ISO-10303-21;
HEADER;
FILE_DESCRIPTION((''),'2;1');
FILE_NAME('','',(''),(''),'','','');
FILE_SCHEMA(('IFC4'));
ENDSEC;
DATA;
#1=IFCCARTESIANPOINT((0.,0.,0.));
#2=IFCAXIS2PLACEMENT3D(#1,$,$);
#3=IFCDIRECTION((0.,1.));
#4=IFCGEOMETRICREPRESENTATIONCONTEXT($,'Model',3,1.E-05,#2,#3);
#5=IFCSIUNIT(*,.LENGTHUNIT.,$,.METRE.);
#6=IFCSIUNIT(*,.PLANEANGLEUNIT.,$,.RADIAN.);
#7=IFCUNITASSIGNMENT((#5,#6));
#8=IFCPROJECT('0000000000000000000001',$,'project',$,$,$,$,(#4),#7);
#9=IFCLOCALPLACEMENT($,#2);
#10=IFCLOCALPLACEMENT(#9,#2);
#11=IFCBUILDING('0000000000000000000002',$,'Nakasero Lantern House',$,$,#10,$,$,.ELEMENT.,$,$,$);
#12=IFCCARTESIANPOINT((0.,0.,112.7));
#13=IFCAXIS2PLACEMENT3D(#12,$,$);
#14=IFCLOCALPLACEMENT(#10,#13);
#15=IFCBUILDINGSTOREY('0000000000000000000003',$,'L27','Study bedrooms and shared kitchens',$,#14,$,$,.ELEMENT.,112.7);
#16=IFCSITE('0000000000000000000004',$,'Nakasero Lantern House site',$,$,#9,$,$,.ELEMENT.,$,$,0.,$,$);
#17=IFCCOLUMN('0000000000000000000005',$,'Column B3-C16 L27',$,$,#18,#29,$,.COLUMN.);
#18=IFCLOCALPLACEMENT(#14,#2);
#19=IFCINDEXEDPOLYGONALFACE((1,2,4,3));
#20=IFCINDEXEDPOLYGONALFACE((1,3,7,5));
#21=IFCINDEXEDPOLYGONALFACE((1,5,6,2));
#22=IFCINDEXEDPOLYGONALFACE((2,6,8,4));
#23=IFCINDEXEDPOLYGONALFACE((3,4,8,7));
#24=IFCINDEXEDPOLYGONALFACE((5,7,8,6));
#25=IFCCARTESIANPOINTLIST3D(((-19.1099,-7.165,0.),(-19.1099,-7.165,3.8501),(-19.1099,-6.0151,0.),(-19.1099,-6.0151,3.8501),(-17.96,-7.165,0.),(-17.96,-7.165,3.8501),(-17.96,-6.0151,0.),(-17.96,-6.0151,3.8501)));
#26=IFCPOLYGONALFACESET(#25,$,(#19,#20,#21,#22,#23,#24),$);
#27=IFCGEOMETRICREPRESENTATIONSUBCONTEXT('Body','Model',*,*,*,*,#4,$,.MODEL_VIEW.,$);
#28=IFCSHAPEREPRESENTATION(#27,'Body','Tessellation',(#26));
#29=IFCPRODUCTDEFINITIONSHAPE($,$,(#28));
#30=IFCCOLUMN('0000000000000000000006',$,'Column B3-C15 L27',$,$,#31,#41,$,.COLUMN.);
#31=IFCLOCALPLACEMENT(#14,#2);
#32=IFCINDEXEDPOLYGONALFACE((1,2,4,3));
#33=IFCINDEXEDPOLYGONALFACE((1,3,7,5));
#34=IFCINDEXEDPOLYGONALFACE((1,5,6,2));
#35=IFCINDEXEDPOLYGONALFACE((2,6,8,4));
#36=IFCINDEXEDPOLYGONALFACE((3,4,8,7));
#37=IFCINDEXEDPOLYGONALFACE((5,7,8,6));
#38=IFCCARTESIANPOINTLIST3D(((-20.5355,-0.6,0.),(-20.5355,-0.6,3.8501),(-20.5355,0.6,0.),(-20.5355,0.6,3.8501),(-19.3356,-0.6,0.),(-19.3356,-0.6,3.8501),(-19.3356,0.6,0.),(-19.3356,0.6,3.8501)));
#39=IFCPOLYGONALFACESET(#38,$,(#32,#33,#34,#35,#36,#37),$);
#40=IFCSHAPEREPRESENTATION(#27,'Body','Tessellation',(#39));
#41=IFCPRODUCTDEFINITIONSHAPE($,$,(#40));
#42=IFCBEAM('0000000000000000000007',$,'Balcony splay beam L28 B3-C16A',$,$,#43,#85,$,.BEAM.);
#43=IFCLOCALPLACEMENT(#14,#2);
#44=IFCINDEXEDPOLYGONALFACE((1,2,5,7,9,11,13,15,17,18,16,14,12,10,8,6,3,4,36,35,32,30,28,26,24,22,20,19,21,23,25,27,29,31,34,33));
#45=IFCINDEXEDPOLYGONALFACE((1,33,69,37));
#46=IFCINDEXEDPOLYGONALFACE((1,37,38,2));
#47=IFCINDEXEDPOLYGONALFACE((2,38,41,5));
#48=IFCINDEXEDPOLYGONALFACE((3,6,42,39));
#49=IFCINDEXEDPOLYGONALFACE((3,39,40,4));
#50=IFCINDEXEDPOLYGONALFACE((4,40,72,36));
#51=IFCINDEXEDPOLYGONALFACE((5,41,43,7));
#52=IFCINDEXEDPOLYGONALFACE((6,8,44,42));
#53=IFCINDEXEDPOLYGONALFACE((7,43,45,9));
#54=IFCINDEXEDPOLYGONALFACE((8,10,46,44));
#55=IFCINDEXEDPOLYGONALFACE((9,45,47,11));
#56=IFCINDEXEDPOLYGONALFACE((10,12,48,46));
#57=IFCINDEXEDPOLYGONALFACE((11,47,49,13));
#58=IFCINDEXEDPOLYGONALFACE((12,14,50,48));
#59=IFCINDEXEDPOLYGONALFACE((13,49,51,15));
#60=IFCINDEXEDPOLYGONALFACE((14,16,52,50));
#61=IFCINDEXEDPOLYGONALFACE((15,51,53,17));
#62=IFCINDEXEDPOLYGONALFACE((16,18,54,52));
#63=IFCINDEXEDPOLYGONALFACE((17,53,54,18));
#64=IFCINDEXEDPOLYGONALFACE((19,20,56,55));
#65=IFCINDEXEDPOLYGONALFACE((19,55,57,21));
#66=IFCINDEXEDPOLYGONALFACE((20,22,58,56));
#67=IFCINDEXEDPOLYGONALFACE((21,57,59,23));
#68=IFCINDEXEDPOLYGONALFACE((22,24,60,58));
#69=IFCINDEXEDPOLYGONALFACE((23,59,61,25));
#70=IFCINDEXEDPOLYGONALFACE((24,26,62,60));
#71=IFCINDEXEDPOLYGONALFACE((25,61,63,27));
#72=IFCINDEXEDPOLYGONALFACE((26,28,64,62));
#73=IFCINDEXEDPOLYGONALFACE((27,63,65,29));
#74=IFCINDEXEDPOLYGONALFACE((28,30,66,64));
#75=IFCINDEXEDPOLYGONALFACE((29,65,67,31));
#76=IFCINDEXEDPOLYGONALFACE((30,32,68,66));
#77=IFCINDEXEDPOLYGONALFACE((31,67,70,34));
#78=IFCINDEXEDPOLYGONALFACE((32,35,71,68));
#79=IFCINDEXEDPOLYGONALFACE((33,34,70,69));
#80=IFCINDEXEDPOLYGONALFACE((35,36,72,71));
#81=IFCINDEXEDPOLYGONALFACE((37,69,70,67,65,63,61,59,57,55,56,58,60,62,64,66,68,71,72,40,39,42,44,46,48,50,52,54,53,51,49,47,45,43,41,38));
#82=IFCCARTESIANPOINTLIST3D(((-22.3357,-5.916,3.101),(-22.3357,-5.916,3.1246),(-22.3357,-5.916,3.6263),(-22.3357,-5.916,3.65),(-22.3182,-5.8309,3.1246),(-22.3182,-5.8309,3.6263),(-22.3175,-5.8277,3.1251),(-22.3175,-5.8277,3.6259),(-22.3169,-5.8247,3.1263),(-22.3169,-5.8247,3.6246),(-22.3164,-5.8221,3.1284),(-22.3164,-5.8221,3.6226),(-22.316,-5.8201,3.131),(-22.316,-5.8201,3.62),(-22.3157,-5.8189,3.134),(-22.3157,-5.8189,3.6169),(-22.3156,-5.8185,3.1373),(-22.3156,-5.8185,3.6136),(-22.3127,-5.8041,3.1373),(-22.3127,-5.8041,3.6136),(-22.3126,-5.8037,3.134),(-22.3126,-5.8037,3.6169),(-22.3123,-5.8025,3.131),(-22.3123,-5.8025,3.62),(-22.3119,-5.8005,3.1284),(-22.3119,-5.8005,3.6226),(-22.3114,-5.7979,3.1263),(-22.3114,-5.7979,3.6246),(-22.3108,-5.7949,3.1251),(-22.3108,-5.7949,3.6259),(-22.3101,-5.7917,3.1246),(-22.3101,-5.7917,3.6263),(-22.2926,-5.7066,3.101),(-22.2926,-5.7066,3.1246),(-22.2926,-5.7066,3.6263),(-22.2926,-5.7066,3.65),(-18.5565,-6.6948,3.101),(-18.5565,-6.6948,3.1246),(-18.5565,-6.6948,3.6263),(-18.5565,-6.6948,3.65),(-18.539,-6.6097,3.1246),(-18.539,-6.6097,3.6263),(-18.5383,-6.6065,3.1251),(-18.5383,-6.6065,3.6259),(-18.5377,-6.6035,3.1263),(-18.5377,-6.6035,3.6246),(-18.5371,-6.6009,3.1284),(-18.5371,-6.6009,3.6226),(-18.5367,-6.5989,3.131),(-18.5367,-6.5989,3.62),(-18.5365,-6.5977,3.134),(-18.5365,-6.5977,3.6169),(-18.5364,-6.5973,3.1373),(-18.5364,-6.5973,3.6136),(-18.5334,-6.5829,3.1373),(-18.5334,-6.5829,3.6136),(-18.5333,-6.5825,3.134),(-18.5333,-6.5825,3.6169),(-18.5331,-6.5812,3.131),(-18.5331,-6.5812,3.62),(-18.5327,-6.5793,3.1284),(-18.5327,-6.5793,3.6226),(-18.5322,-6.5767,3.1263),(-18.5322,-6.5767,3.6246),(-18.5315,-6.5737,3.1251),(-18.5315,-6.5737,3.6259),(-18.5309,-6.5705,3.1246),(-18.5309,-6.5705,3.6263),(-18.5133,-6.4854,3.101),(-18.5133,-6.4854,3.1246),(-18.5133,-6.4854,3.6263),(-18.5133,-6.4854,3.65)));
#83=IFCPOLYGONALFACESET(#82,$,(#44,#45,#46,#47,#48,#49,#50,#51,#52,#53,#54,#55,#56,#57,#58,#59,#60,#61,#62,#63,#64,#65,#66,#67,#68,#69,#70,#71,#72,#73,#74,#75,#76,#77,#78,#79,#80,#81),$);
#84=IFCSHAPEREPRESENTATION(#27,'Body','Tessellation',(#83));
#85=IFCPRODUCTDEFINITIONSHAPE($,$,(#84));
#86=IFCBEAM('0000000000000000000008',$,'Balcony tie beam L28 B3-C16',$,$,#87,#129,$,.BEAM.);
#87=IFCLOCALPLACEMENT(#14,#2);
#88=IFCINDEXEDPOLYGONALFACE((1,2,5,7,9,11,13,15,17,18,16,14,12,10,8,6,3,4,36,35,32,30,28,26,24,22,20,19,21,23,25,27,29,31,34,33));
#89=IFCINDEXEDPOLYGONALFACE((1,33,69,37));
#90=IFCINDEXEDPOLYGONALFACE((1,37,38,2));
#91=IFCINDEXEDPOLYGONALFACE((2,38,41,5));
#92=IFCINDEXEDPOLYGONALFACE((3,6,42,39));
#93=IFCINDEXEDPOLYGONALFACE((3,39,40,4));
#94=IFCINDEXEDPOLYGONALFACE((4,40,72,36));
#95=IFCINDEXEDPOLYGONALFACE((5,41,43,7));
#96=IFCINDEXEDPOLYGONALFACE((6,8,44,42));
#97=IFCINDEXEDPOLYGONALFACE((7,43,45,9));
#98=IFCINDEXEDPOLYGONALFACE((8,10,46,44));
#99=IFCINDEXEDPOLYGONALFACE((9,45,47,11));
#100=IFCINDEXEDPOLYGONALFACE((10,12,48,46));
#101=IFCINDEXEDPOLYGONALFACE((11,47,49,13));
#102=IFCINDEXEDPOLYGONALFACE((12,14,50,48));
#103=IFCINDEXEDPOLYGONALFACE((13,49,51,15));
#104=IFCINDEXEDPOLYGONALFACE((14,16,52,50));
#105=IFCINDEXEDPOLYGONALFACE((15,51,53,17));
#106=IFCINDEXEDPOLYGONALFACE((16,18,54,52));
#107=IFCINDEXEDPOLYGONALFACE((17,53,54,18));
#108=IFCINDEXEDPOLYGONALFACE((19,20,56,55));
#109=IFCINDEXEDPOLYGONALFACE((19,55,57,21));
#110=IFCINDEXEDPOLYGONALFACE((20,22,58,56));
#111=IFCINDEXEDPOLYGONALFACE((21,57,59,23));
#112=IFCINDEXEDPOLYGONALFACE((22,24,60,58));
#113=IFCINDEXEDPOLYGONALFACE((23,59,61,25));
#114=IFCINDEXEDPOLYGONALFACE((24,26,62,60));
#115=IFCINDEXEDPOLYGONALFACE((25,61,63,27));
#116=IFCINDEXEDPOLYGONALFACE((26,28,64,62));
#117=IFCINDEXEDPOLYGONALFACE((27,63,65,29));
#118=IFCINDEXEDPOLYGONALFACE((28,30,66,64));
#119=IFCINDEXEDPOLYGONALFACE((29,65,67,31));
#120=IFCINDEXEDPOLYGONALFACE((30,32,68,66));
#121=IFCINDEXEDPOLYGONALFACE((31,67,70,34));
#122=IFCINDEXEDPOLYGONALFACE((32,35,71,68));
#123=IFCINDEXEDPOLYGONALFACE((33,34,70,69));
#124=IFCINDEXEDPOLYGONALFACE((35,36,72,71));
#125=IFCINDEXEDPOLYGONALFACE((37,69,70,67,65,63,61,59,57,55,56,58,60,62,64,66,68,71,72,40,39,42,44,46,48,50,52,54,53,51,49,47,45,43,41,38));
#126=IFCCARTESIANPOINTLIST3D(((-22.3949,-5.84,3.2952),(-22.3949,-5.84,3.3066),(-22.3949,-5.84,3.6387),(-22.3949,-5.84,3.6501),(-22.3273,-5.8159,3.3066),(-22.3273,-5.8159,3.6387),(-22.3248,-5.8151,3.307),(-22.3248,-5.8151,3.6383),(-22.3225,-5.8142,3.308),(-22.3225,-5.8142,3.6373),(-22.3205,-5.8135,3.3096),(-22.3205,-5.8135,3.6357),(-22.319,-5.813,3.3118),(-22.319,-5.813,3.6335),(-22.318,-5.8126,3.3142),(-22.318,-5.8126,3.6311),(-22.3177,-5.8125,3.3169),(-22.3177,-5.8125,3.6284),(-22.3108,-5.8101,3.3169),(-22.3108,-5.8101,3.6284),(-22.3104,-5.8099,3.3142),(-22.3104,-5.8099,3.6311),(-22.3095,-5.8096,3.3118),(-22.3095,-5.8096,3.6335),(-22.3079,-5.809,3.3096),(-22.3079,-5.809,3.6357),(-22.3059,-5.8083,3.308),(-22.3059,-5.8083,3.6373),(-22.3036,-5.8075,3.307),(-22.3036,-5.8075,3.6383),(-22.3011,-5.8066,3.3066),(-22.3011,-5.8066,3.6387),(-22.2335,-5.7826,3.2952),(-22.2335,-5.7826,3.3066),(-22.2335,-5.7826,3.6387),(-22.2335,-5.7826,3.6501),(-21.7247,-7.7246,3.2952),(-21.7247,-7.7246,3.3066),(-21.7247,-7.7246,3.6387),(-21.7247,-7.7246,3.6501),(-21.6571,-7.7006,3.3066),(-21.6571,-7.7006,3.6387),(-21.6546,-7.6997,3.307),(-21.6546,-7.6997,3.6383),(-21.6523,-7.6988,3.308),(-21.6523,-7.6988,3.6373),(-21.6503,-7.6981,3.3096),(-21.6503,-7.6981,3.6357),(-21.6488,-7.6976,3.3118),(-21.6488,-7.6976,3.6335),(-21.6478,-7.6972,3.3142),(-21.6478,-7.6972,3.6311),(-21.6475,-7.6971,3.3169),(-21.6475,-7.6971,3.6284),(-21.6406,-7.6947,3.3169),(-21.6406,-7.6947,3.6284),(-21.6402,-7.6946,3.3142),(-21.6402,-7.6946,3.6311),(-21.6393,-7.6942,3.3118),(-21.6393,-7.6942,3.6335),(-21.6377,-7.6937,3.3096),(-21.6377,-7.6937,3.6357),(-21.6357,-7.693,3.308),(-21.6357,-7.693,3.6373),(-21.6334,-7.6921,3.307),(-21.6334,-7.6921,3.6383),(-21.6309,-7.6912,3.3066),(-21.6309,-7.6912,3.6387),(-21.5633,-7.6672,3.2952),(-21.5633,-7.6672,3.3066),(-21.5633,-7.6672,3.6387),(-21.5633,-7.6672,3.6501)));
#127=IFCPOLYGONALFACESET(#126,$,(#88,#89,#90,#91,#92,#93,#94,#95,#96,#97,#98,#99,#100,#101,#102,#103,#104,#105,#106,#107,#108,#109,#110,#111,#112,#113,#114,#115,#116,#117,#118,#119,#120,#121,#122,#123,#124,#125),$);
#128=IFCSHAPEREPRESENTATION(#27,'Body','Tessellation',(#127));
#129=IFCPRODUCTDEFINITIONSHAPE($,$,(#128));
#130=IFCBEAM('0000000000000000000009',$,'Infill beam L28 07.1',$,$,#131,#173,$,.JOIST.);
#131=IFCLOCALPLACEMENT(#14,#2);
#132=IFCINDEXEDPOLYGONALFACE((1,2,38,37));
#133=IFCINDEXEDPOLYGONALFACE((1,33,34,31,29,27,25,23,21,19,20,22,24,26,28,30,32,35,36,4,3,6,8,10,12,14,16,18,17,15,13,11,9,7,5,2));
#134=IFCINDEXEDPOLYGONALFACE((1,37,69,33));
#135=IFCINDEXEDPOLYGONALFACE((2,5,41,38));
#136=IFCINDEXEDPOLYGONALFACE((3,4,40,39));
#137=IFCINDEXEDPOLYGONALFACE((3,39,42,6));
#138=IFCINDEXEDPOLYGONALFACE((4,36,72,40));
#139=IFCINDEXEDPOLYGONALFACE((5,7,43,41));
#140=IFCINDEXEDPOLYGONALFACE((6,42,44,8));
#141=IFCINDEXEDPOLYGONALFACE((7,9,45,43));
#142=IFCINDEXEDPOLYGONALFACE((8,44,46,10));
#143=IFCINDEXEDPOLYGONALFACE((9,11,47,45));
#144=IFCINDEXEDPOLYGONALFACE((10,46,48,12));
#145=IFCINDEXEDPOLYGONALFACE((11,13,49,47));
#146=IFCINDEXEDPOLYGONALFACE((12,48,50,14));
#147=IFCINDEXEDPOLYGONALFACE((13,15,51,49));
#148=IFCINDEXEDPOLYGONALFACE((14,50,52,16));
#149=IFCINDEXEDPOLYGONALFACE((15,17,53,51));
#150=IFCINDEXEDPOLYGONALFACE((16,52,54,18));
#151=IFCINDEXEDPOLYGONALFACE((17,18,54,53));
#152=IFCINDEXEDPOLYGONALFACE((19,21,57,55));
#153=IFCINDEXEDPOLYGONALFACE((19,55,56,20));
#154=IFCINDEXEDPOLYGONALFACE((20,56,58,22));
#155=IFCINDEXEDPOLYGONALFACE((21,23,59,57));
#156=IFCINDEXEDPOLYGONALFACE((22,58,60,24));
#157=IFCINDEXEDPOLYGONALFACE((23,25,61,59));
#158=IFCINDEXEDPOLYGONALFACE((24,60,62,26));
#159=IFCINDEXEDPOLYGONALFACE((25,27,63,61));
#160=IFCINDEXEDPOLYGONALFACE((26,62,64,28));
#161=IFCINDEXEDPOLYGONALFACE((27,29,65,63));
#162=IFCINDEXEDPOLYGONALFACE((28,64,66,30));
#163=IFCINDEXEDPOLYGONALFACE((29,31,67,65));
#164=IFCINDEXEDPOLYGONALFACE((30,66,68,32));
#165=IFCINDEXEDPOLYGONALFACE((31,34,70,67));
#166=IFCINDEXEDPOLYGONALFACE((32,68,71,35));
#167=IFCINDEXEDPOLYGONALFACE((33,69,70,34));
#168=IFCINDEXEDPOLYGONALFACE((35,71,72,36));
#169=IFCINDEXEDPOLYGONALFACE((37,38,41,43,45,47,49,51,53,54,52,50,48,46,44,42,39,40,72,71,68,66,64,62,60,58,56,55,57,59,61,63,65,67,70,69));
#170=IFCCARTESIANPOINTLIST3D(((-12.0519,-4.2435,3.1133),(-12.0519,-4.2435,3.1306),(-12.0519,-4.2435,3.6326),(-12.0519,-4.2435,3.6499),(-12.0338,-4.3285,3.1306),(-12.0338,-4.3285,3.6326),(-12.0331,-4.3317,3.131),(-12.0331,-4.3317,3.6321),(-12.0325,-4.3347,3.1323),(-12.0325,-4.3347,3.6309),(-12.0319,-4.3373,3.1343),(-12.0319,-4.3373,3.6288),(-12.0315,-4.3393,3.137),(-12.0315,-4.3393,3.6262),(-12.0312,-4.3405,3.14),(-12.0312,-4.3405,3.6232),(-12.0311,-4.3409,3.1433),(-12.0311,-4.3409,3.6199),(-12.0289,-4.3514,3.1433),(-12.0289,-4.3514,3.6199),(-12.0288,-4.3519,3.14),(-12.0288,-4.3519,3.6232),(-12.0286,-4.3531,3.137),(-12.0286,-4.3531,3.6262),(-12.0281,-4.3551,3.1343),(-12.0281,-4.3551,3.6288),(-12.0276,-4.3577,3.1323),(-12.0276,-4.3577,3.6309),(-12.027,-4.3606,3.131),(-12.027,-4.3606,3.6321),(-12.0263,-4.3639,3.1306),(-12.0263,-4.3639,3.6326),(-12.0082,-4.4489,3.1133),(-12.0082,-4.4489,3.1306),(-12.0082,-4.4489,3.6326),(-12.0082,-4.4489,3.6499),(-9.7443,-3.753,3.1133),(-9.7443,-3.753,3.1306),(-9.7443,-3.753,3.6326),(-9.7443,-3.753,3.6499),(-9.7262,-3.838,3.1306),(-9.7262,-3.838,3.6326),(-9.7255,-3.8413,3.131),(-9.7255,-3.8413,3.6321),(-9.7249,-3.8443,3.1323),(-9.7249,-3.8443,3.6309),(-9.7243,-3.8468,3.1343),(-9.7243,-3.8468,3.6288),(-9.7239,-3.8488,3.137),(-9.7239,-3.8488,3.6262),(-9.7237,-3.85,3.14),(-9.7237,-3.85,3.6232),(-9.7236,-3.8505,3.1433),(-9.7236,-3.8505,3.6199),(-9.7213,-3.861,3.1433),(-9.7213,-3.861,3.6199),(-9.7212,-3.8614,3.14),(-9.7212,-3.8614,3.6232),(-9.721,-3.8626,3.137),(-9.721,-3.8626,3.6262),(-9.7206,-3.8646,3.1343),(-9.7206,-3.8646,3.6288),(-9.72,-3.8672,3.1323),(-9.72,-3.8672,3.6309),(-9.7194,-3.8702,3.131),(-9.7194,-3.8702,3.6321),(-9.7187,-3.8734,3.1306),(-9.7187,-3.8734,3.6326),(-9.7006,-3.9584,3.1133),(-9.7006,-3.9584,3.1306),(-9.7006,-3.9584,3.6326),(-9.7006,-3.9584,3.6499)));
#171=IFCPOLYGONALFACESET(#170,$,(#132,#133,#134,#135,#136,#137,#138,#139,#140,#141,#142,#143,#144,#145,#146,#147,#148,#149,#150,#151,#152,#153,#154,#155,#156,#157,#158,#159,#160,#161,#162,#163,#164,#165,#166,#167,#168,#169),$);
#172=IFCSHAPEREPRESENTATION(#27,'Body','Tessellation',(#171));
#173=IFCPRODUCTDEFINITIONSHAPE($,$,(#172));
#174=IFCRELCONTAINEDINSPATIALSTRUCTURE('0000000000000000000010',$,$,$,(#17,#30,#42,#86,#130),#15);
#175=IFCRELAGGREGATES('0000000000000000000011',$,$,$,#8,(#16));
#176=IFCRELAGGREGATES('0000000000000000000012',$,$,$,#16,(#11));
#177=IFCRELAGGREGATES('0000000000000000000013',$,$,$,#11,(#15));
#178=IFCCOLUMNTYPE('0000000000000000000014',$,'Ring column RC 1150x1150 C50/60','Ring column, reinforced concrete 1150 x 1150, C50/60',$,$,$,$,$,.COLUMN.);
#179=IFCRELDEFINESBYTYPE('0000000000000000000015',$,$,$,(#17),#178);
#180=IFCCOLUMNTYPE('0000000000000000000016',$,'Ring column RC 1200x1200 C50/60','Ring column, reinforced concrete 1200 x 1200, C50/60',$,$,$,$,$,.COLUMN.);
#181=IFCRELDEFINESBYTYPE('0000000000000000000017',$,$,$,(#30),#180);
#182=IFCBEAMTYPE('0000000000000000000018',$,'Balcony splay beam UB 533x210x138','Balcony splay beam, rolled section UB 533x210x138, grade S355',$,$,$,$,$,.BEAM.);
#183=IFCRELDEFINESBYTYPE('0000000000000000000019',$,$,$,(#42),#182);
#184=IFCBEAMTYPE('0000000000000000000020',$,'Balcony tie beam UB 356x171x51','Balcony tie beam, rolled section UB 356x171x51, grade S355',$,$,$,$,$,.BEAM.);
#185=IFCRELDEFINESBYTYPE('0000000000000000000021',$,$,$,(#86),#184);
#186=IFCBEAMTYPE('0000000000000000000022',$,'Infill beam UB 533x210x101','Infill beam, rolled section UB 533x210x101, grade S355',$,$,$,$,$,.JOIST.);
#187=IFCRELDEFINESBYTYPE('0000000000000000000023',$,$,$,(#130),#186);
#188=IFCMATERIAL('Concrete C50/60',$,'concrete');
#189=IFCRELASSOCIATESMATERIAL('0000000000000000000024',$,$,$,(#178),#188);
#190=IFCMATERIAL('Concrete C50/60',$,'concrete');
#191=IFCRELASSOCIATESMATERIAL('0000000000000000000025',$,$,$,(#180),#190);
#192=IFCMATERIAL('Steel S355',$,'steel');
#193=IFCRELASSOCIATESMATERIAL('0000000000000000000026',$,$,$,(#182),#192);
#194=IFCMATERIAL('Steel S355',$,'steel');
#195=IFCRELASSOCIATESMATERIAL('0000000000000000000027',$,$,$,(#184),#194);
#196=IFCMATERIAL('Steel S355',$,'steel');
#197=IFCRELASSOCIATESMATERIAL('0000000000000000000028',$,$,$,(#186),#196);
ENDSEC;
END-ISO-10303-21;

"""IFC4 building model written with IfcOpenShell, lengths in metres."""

from ifc_helpers import new_model, si_unit, direction, frame, origin, origin_2d, place, context, subcontext, project, spatial, rectangle, i_section, extrude, material, material_profile, profile_set, type_object, element, save


model = new_model("IFC4")

# Units and contexts
model_context = context("Model", 3, precision=1e-05, world=origin(), true_north=direction((0.0, 1.0)))
body_context = subcontext(model_context, "Body", "Model", "MODEL_VIEW")
ifc_project = project(units=[si_unit("LENGTHUNIT", "METRE"), si_unit("PLANEANGLEUNIT", "RADIAN")], contexts=[model_context])

# Site, building, storey
site_placement = place(None, origin())
site = spatial("IfcSite", under=ifc_project, at=site_placement, Name="Nakasero Lantern House site", CompositionType="ELEMENT", RefElevation=0.0)
building_placement = place(site_placement, origin())
building = spatial("IfcBuilding", under=site, at=building_placement, Name="Nakasero Lantern House", CompositionType="ELEMENT")
storey_placement = place(building_placement, frame((0.0, 0.0, 112.7)))
storey = spatial("IfcBuildingStorey", under=building, at=storey_placement, Name="L27", Description="Study bedrooms and shared kitchens", CompositionType="ELEMENT", Elevation=112.7)

# Columns
ifc_material_1 = material(Name="Concrete C50/60", Category="concrete")
ifc_material_profile_1 = material_profile(ifc_material_1, rectangle(XDim=1.1499, YDim=1.1499, at=origin_2d()), Name="RC 1150x1150")
ifc_profile_set_1 = profile_set([ifc_material_profile_1], Name="Concrete C50/60")
column_type_1 = type_object("IfcColumnType", Name="Ring column RC 1150x1150 C50/60", Description="Ring column, reinforced concrete 1150 x 1150, C50/60", PredefinedType="COLUMN", material=ifc_profile_set_1)
column_1_placement = place(storey_placement, frame((-18.5349, -6.5901, 0.0), z_axis=(0.0, 0.0, 1.0), x_axis=(1.0, 0.0, 0.0)))
element("IfcColumn", 1, at=column_1_placement, inside=storey, type_object=column_type_1, Name="Column B3-C16 L27", PredefinedType="COLUMN", context=body_context, shape_type="SweptSolid", body=[
    extrude(rectangle(XDim=1.1499, YDim=1.1499, at=origin_2d()), origin(), (0.0, 0.0, 1.0), 3.8501),
])
ifc_material_2 = material(Name="Concrete C50/60", Category="concrete")
ifc_material_profile_2 = material_profile(ifc_material_2, rectangle(XDim=1.2, YDim=1.2, at=origin_2d()), Name="RC 1200x1200")
ifc_profile_set_2 = profile_set([ifc_material_profile_2], Name="Concrete C50/60")
column_type_2 = type_object("IfcColumnType", Name="Ring column RC 1200x1200 C50/60", Description="Ring column, reinforced concrete 1200 x 1200, C50/60", PredefinedType="COLUMN", material=ifc_profile_set_2)
column_2_placement = place(storey_placement, frame((-19.9355, 0.0, 0.0), z_axis=(0.0, 0.0, 1.0), x_axis=(1.0, 0.0, 0.0)))
element("IfcColumn", 2, at=column_2_placement, inside=storey, type_object=column_type_2, Name="Column B3-C15 L27", PredefinedType="COLUMN", context=body_context, shape_type="SweptSolid", body=[
    extrude(rectangle(XDim=1.2, YDim=1.2, at=origin_2d()), origin(), (0.0, 0.0, 1.0), 3.8501),
])

# Beams
ifc_material_3 = material(Name="Steel S355", Category="steel")
ifc_material_profile_3 = material_profile(ifc_material_3, i_section(OverallWidth=0.2139, OverallDepth=0.5491, WebThickness=0.0146, FlangeThickness=0.0237, FilletRadius=0.0127, at=origin_2d()), Name="UB 533x210x138")
ifc_profile_set_3 = profile_set([ifc_material_profile_3], Name="Steel S355")
beam_type_1 = type_object("IfcBeamType", Name="Balcony splay beam UB 533x210x138", Description="Balcony splay beam, rolled section UB 533x210x138, grade S355", PredefinedType="BEAM", material=ifc_profile_set_3)
beam_1_placement = place(storey_placement, frame((-18.5349, -6.5901, 3.3755), z_axis=(-0.97942, 0.201831, 0.0), x_axis=(-0.201831, -0.97942, 0.0)))
element("IfcBeam", 3, at=beam_1_placement, inside=storey, type_object=beam_type_1, Name="Balcony splay beam L28 B3-C16A", PredefinedType="BEAM", context=body_context, shape_type="SweptSolid", body=[
    extrude(i_section(OverallWidth=0.2139, OverallDepth=0.5491, WebThickness=0.0146, FlangeThickness=0.0237, FilletRadius=0.0127, at=origin_2d()), origin(), (0.0, 0.0, 1.0), 3.8586),
])
ifc_material_4 = material(Name="Steel S355", Category="steel")
ifc_material_profile_4 = material_profile(ifc_material_4, i_section(OverallWidth=0.1714, OverallDepth=0.355, WebThickness=0.0073, FlangeThickness=0.0115, FilletRadius=0.0103, at=origin_2d()), Name="UB 356x171x51")
ifc_profile_set_4 = profile_set([ifc_material_profile_4], Name="Steel S355")
beam_type_2 = type_object("IfcBeamType", Name="Balcony tie beam UB 356x171x51", Description="Balcony tie beam, rolled section UB 356x171x51, grade S355", PredefinedType="BEAM", material=ifc_profile_set_4)
beam_2_placement = place(storey_placement, frame((-22.3142, -5.8113, 3.4727), z_axis=(0.33506, -0.942197, 0.0), x_axis=(0.942197, 0.33506, 0.0)))
element("IfcBeam", 4, at=beam_2_placement, inside=storey, type_object=beam_type_2, Name="Balcony tie beam L28 B3-C16", PredefinedType="BEAM", context=body_context, shape_type="SweptSolid", body=[
    extrude(i_section(OverallWidth=0.1714, OverallDepth=0.355, WebThickness=0.0073, FlangeThickness=0.0115, FilletRadius=0.0103, at=origin_2d()), origin(), (0.0, 0.0, 1.0), 2.0002),
])
ifc_material_5 = material(Name="Steel S355", Category="steel")
ifc_material_profile_5 = material_profile(ifc_material_5, i_section(OverallWidth=0.21, OverallDepth=0.5366, WebThickness=0.0107, FlangeThickness=0.0173, FilletRadius=0.0127, at=origin_2d()), Name="UB 533x210x101")
ifc_profile_set_5 = profile_set([ifc_material_profile_5], Name="Steel S355")
beam_type_3 = type_object("IfcBeamType", Name="Infill beam UB 533x210x101", Description="Infill beam, rolled section UB 533x210x101, grade S355", PredefinedType="JOIST", material=ifc_profile_set_5)
beam_3_placement = place(storey_placement, frame((-12.03, -4.3462, 3.3816), z_axis=(0.978149, 0.207903, 0.0), x_axis=(-0.207903, 0.978149, 0.0)))
element("IfcBeam", 5, at=beam_3_placement, inside=storey, type_object=beam_type_3, Name="Infill beam L28 07.1", PredefinedType="JOIST", context=body_context, shape_type="SweptSolid", body=[
    extrude(i_section(OverallWidth=0.21, OverallDepth=0.5366, WebThickness=0.0107, FlangeThickness=0.0173, FilletRadius=0.0127, at=origin_2d()), origin(), (0.0, 0.0, 1.0), 2.3591),
])

save(model, "model.ifc")
